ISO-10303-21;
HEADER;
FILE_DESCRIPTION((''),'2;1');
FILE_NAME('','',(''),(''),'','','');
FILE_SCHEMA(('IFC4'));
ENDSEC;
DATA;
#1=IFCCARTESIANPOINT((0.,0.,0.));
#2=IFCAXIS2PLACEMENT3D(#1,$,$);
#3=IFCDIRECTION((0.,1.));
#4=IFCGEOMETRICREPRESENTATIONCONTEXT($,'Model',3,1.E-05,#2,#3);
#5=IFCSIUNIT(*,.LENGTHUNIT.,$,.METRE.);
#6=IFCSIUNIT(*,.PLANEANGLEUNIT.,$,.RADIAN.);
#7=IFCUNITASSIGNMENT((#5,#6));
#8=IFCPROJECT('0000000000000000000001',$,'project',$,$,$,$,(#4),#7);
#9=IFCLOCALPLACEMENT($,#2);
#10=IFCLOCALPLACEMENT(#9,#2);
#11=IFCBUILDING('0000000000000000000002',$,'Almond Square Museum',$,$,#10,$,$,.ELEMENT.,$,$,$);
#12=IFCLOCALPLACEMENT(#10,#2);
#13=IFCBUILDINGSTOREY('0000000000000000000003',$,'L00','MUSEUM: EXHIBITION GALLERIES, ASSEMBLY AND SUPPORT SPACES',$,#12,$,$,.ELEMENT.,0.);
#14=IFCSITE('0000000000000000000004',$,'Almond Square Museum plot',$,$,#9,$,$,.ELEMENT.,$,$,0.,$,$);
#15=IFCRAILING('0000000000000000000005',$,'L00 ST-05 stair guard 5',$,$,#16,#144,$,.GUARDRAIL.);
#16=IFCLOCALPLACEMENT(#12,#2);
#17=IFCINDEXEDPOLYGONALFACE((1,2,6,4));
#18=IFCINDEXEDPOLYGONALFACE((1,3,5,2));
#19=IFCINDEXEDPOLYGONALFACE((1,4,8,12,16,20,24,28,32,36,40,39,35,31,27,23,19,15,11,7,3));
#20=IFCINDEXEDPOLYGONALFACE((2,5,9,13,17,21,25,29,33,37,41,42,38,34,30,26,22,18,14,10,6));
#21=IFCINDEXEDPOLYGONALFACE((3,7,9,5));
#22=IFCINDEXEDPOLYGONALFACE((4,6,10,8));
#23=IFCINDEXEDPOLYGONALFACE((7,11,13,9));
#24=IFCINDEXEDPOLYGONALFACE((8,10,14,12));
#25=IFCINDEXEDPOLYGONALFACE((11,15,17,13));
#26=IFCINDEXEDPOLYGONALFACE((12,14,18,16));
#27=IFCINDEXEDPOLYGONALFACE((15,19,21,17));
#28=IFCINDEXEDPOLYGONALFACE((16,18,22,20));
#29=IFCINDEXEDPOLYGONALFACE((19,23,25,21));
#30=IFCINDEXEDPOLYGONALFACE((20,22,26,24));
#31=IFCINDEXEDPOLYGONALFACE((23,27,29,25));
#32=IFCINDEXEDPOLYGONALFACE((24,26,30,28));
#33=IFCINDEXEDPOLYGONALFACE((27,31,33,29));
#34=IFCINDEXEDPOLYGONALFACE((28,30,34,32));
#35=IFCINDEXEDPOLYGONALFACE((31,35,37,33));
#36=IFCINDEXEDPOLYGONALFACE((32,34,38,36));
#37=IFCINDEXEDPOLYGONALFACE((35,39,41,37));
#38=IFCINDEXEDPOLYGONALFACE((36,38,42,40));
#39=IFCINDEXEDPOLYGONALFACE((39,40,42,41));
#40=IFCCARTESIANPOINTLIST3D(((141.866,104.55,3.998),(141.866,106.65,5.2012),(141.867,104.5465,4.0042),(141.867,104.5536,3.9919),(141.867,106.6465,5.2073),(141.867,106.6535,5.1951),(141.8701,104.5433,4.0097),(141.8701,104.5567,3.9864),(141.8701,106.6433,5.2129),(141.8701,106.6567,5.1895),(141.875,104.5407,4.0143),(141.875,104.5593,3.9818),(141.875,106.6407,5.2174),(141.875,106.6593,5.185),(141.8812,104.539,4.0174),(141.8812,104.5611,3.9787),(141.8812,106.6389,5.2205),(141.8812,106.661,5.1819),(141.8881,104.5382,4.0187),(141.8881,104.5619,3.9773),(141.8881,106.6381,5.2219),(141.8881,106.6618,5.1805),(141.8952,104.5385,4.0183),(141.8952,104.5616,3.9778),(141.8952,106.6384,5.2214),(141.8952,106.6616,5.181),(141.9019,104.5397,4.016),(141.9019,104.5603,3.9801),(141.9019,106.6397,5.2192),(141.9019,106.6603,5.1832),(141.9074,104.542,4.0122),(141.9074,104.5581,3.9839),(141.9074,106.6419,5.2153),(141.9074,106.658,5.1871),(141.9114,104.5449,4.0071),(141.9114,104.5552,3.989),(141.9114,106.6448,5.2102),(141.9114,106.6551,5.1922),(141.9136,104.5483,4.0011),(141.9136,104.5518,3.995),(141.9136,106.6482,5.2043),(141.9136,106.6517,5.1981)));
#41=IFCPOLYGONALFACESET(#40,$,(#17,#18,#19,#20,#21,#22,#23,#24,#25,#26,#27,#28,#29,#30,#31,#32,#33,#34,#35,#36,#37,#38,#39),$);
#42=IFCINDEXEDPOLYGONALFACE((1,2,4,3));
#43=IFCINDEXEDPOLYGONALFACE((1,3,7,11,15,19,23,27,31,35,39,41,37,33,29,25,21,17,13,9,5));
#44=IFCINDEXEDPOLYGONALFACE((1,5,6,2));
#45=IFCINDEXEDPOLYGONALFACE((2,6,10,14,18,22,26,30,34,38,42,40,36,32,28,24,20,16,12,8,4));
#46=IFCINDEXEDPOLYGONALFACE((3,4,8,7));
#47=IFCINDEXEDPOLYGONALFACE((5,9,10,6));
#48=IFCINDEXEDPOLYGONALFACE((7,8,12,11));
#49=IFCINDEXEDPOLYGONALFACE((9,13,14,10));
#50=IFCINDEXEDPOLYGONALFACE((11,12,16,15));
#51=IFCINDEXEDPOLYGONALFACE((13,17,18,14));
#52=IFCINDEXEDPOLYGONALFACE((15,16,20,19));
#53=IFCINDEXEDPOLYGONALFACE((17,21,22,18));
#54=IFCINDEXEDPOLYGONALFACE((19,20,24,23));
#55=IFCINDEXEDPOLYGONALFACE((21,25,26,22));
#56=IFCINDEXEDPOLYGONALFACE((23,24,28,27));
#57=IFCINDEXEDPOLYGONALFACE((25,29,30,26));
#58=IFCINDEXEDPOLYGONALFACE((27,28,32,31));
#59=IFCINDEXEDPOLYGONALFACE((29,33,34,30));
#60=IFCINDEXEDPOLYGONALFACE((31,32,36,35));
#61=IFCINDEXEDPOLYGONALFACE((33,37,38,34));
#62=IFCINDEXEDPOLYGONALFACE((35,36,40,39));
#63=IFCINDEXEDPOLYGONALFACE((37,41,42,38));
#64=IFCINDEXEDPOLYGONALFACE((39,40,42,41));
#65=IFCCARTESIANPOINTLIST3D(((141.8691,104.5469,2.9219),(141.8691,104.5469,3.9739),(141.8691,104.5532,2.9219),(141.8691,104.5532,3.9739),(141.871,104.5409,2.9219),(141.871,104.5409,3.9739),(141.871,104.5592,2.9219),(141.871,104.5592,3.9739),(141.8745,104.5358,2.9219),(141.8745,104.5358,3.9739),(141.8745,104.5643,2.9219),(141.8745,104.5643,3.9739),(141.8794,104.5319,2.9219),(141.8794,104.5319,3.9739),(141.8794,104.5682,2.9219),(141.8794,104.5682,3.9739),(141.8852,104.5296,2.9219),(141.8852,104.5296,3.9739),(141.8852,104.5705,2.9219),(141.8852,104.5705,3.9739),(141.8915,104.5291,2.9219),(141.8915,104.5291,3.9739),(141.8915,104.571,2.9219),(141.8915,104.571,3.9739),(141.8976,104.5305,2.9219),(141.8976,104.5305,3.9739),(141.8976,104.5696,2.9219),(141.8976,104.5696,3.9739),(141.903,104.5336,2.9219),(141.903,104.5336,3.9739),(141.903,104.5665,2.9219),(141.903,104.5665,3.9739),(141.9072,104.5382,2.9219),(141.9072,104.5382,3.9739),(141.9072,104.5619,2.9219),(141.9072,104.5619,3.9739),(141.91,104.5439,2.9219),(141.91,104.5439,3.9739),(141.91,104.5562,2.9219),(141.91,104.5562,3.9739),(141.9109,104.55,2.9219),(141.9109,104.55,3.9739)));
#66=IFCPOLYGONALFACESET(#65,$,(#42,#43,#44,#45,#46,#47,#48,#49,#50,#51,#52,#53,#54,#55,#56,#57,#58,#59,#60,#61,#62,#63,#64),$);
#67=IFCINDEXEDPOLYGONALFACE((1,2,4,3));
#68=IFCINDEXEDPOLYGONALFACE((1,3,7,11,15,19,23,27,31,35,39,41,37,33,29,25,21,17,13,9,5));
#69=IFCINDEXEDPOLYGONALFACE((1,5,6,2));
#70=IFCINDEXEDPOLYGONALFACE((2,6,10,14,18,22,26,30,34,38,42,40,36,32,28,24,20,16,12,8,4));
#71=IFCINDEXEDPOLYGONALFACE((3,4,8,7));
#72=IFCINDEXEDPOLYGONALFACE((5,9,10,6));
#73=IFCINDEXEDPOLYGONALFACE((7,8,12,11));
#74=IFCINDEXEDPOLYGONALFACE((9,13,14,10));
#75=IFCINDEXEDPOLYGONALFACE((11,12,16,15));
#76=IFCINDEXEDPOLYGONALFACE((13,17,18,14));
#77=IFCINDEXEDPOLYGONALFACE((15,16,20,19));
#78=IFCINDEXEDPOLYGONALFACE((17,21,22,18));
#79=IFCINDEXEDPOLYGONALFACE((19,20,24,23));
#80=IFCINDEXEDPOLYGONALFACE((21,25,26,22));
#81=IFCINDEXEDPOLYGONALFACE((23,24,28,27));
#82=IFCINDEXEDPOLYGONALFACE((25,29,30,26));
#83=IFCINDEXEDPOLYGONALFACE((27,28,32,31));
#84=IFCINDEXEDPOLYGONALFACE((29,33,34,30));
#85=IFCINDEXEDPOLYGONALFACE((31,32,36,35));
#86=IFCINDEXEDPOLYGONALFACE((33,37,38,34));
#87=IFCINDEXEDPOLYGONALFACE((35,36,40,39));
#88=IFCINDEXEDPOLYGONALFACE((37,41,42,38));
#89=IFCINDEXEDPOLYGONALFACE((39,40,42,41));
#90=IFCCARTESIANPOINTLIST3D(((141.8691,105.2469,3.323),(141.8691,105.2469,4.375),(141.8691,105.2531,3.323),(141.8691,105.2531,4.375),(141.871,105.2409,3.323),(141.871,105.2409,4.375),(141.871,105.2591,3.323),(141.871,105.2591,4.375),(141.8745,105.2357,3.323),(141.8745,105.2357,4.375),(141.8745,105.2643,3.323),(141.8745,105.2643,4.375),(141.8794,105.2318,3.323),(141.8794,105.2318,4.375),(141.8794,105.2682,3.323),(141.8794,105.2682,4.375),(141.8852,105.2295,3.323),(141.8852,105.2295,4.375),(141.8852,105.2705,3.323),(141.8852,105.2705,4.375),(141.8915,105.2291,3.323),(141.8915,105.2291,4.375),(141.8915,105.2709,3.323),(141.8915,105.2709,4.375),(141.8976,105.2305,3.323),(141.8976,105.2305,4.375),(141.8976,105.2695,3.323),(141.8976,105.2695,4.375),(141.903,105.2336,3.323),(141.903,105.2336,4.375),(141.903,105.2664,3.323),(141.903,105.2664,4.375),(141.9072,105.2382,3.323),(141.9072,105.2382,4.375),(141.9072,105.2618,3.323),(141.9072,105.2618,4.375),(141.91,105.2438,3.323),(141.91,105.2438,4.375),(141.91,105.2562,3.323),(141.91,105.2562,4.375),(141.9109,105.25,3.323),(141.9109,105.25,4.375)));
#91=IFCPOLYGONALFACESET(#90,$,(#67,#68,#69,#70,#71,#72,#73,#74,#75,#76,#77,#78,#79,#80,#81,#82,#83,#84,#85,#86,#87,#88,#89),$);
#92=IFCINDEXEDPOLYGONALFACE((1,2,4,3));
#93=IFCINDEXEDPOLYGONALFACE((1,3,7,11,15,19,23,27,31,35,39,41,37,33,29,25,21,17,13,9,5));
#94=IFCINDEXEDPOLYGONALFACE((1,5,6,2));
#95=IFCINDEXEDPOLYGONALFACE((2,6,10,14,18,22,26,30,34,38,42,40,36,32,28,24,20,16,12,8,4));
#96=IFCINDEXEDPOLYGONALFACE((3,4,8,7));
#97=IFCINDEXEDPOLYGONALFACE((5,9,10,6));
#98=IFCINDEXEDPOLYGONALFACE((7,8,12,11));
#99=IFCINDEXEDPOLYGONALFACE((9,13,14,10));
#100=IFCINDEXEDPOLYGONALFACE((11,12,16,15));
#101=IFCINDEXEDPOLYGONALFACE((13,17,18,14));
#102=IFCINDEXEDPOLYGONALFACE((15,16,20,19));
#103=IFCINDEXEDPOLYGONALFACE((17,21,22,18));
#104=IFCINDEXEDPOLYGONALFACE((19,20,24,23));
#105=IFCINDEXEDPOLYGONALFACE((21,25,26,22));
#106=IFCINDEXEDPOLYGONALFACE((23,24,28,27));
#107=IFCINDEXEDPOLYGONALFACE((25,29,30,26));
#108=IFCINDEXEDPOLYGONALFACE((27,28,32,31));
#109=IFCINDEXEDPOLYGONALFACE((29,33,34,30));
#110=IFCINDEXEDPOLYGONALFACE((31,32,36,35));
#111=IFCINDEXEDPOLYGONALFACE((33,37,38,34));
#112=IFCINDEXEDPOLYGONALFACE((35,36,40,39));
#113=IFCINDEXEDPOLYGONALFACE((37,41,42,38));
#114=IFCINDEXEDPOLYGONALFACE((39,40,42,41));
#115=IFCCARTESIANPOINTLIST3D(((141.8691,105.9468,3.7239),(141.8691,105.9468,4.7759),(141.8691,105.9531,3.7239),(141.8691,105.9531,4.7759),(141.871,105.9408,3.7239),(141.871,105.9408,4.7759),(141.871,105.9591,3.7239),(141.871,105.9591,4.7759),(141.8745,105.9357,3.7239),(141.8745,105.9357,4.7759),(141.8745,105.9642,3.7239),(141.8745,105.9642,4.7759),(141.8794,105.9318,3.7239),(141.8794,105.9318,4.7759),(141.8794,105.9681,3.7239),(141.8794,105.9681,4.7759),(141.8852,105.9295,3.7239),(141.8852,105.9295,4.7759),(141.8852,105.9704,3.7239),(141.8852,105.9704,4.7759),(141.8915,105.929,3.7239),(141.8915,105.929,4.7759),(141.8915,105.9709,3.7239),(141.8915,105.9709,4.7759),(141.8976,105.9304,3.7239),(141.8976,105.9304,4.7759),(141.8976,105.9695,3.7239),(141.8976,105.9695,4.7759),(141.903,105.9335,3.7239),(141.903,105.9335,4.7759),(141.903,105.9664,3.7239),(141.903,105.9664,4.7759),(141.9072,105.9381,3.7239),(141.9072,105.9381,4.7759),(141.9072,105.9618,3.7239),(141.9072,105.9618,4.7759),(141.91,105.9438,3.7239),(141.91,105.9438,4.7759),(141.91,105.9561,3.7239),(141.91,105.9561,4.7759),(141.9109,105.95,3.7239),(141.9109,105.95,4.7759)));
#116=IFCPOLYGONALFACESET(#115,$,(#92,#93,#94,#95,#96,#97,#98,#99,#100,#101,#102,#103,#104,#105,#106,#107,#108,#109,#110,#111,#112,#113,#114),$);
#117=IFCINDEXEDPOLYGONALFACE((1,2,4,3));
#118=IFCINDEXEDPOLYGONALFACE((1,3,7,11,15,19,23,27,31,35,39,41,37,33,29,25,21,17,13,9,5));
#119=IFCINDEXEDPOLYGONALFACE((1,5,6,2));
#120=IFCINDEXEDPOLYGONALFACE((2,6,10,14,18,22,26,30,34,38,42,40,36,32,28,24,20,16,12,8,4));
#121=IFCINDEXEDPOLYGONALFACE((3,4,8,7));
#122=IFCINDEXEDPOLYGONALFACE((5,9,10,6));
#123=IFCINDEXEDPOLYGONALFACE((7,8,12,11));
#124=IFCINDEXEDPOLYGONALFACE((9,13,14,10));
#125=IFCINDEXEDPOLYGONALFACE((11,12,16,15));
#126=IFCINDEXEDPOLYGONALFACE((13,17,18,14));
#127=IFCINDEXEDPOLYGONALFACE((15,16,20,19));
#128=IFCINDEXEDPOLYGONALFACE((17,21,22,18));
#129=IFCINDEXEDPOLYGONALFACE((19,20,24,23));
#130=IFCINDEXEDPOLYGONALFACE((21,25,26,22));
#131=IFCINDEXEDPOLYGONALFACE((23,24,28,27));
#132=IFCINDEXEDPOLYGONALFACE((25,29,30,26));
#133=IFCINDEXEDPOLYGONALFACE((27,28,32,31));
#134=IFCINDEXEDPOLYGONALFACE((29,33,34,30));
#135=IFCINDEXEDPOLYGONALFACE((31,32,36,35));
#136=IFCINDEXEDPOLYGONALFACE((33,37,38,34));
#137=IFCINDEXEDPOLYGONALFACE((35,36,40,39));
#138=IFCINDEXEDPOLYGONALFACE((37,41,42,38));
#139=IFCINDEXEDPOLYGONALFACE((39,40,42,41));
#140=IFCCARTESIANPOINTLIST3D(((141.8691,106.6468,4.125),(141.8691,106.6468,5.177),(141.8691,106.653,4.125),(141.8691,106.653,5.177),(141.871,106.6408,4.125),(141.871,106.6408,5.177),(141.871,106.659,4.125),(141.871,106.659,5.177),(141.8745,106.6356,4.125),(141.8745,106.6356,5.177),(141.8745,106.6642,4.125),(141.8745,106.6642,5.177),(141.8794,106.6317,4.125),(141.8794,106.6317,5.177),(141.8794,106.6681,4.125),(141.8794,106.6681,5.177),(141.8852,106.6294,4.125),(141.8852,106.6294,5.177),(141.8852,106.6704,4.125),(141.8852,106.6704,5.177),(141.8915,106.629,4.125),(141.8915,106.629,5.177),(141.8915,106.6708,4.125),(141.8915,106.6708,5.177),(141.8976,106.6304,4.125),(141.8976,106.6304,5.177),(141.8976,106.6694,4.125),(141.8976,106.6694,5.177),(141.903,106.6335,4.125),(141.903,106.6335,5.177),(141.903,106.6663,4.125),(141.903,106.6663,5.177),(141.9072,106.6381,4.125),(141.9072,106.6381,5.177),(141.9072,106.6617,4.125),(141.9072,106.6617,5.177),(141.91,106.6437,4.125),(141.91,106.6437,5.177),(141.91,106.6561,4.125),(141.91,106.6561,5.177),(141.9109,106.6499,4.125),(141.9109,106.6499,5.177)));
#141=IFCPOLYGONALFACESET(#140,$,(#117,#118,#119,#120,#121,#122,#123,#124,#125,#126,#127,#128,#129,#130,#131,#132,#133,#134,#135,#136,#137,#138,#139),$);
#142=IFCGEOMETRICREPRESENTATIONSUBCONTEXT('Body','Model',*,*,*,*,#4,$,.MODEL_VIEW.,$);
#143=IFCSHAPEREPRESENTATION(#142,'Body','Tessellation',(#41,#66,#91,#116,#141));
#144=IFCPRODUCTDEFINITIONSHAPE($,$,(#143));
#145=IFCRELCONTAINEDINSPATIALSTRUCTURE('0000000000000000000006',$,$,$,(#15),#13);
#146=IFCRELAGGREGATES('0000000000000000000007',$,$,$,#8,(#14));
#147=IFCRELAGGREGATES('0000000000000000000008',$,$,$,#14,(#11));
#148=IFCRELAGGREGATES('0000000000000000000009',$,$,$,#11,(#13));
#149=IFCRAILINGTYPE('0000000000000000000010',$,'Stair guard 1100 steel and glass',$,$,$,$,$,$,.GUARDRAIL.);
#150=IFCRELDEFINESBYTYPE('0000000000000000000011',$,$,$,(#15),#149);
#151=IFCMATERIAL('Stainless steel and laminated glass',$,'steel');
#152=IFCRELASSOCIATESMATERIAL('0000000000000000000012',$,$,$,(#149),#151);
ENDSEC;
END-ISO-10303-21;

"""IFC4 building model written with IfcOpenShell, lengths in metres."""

from ifc_helpers import new_model, si_unit, direction, frame, origin, origin_2d, place, context, subcontext, project, spatial, circle, extrude, material, type_object, element, save


model = new_model("IFC4")

# Units and contexts
model_context = context("Model", 3, precision=1e-05, world=origin(), true_north=direction((0.0, 1.0)))
body_context = subcontext(model_context, "Body", "Model", "MODEL_VIEW")
ifc_project = project(units=[si_unit("LENGTHUNIT", "METRE"), si_unit("PLANEANGLEUNIT", "RADIAN")], contexts=[model_context])

# Site, building, storey
site_placement = place(None, origin())
site = spatial("IfcSite", under=ifc_project, at=site_placement, Name="Almond Square Museum plot", CompositionType="ELEMENT", RefElevation=0.0)
building_placement = place(site_placement, origin())
building = spatial("IfcBuilding", under=site, at=building_placement, Name="Almond Square Museum", CompositionType="ELEMENT")
storey_placement = place(building_placement, origin())
storey = spatial("IfcBuildingStorey", under=building, at=storey_placement, Name="L00", Description="MUSEUM: EXHIBITION GALLERIES, ASSEMBLY AND SUPPORT SPACES", CompositionType="ELEMENT", Elevation=0.0)

# Railing
ifc_material_1 = material(Name="Stainless steel and laminated glass", Category="steel")
railing_type_1 = type_object("IfcRailingType", Name="Stair guard 1100 steel and glass", PredefinedType="GUARDRAIL", material=ifc_material_1)
railing_1_placement = place(storey_placement, frame((141.8899, 104.55, 2.9219)))
element("IfcRailing", 1, at=railing_1_placement, inside=storey, type_object=railing_type_1, Name="L00 ST-05 stair guard 5", PredefinedType="GUARDRAIL", context=body_context, shape_type="SweptSolid", body=[
    extrude(circle(Radius=0.0239, at=origin_2d()), frame((0.0, 0.0, 1.0762), z_axis=(0.0, 0.867671, 0.497138), x_axis=(-1.0, 0.0, 0.0)), (0.0, 0.0, 1.0), 2.4202),
    extrude(circle(Radius=0.021, at=origin_2d()), origin(), (0.0, 0.0, 1.0), 1.052),
    extrude(circle(Radius=0.021, at=origin_2d()), frame((0.0, 0.7, 0.4011)), (0.0, 0.0, 1.0), 1.052),
    extrude(circle(Radius=0.021, at=origin_2d()), frame((0.0, 1.3999, 0.802)), (0.0, 0.0, 1.0), 1.052),
    extrude(circle(Radius=0.021, at=origin_2d()), frame((0.0, 2.0999, 1.2031)), (0.0, 0.0, 1.0), 1.052),
])

save(model, "model.ifc")
